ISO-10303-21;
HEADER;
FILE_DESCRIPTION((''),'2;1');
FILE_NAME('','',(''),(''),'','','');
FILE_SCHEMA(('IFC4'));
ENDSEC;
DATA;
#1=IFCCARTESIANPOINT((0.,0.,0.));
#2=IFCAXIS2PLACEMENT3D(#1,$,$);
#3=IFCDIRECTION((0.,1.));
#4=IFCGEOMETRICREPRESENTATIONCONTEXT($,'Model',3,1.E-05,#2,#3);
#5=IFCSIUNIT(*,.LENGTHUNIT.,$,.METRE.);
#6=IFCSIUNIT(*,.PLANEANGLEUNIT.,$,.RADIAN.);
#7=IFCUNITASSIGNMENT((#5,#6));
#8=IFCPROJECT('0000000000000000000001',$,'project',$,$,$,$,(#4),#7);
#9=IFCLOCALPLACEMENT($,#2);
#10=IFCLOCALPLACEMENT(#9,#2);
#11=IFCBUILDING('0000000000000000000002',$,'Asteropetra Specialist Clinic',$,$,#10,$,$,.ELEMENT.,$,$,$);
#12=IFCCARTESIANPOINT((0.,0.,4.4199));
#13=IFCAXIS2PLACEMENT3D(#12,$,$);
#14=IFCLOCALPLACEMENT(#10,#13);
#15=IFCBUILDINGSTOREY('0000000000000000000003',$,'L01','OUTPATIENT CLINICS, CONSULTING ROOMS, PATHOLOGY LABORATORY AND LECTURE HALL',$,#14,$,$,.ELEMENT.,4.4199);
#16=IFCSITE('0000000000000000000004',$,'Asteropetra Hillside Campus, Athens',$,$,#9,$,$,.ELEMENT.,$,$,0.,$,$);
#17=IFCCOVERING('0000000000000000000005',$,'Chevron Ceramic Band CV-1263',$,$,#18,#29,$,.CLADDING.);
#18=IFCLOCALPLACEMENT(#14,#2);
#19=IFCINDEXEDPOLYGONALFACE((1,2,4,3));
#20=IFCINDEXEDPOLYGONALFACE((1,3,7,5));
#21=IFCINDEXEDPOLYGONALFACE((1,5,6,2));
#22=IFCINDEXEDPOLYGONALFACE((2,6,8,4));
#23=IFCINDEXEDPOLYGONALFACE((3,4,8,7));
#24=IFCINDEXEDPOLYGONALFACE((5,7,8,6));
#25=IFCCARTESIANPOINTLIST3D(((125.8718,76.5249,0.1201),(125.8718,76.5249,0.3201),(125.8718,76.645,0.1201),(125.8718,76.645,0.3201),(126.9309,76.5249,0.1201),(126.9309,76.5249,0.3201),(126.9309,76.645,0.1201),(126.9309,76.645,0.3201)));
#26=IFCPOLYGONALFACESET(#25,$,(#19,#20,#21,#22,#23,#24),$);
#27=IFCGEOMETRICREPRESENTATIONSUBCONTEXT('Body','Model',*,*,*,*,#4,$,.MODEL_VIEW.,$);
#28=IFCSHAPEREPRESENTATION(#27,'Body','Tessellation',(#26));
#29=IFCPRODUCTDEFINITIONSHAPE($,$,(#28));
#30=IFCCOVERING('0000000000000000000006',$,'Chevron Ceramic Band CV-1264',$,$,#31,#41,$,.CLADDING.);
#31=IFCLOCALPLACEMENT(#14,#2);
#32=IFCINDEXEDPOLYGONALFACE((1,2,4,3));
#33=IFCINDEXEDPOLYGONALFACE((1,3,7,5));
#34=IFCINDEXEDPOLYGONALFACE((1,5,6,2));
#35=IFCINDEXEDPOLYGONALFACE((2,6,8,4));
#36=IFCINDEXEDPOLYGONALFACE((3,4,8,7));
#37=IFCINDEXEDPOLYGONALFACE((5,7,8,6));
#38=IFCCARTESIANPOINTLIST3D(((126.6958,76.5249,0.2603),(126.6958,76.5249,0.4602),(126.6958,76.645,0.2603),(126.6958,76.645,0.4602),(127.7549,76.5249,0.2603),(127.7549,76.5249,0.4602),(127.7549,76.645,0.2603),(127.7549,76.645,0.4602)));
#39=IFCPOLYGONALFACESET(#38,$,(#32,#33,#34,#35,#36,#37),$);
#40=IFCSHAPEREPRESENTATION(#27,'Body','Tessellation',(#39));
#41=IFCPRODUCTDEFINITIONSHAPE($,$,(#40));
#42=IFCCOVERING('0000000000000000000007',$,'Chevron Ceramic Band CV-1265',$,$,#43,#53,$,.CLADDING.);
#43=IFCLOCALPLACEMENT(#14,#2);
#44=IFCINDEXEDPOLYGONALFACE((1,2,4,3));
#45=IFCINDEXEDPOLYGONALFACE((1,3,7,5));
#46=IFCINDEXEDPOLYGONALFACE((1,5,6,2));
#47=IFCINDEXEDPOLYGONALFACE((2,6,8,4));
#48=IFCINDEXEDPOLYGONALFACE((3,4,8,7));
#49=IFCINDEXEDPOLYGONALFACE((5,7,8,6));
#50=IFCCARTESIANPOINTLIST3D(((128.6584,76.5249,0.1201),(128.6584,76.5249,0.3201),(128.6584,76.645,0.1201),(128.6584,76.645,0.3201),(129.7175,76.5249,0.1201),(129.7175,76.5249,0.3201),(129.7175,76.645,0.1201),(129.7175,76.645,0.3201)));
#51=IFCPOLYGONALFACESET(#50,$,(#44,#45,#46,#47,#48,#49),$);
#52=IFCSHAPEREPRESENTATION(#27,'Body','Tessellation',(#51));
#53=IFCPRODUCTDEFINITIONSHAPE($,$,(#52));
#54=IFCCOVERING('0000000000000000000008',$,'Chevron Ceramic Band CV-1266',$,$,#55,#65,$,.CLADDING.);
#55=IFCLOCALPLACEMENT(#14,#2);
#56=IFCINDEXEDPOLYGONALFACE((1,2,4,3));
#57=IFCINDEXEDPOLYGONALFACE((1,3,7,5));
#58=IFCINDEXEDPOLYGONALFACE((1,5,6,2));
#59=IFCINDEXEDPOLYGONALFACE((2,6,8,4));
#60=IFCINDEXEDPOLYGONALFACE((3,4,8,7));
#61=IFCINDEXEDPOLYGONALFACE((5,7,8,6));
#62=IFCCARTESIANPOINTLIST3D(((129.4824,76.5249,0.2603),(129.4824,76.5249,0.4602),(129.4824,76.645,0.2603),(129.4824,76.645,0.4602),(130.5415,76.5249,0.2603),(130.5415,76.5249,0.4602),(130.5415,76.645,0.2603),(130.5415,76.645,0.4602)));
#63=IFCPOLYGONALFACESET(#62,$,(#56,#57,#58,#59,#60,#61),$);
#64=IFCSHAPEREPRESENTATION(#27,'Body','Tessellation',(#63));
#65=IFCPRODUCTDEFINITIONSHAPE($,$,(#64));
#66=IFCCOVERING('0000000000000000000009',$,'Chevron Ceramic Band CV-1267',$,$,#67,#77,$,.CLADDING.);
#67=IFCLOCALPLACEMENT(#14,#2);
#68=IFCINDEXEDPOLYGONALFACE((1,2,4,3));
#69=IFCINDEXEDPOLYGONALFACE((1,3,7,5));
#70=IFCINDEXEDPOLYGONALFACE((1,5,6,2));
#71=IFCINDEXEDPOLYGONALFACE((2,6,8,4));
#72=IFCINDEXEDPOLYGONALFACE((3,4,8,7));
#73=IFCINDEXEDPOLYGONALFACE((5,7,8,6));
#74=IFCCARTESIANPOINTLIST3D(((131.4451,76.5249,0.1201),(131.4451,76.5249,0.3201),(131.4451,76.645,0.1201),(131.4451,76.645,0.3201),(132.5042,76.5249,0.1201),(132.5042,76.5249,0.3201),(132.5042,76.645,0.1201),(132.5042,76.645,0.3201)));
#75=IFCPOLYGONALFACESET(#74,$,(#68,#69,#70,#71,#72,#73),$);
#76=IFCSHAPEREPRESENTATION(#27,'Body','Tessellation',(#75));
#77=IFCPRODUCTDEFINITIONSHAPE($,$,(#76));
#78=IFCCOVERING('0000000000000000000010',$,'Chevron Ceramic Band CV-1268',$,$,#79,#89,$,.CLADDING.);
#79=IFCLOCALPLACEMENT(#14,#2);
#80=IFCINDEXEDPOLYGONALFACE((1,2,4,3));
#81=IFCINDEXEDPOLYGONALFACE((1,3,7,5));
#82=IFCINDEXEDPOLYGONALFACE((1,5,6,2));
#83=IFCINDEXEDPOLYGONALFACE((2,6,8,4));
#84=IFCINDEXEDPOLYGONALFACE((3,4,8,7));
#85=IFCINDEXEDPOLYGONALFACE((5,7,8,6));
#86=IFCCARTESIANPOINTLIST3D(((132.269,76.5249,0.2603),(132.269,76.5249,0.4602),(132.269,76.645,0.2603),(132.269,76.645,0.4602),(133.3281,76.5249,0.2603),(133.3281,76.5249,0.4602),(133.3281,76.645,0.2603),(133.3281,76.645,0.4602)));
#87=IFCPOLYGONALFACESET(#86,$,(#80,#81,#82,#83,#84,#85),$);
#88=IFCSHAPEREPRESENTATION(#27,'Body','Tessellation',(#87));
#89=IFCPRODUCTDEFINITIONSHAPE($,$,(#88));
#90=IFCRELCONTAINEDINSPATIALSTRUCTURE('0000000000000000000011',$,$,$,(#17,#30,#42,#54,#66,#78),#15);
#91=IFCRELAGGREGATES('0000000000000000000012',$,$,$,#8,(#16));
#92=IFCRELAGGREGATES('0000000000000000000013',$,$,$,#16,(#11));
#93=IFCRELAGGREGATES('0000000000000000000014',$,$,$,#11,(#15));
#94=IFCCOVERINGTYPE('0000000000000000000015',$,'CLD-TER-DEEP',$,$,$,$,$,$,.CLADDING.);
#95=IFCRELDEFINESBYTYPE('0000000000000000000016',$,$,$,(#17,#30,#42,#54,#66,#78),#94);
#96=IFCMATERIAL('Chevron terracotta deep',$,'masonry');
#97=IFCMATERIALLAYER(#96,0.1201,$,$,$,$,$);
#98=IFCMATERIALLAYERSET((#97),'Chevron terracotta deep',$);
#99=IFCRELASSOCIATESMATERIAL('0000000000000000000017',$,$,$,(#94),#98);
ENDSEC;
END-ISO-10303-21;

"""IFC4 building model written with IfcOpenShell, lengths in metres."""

from ifc_helpers import new_model, si_unit, direction, frame, origin, origin_2d, place, context, subcontext, project, spatial, rectangle, extrude, material, layer, layer_set, type_object, element, save


model = new_model("IFC4")

# Units and contexts
model_context = context("Model", 3, precision=1e-05, world=origin(), true_north=direction((0.0, 1.0)))
body_context = subcontext(model_context, "Body", "Model", "MODEL_VIEW")
ifc_project = project(units=[si_unit("LENGTHUNIT", "METRE"), si_unit("PLANEANGLEUNIT", "RADIAN")], contexts=[model_context])

# Site, building, storey
site_placement = place(None, origin())
site = spatial("IfcSite", under=ifc_project, at=site_placement, Name="Asteropetra Hillside Campus, Athens", CompositionType="ELEMENT", RefElevation=0.0)
building_placement = place(site_placement, origin())
building = spatial("IfcBuilding", under=site, at=building_placement, Name="Asteropetra Specialist Clinic", CompositionType="ELEMENT")
storey_placement = place(building_placement, frame((0.0, 0.0, 4.4199)))
storey = spatial("IfcBuildingStorey", under=building, at=storey_placement, Name="L01", Description="OUTPATIENT CLINICS, CONSULTING ROOMS, PATHOLOGY LABORATORY AND LECTURE HALL", CompositionType="ELEMENT", Elevation=4.4199)

# Coverings
ifc_material_1 = material(Name="Chevron terracotta deep", Category="masonry")
ifc_layer_1 = layer(ifc_material_1, 0.1201)
ifc_layer_set_1 = layer_set([ifc_layer_1], Name="Chevron terracotta deep")
covering_type = type_object("IfcCoveringType", Name="CLD-TER-DEEP", PredefinedType="CLADDING", material=ifc_layer_set_1)
for number, where, z_axis, x_axis, name in (
    (1, (126.4014, 76.585, 0.1201), (0.0, 0.0, 1.0), (1.0, 0.0, 0.0), "Chevron Ceramic Band CV-1263"),
    (2, (127.2253, 76.585, 0.2603), (0.0, 0.0, 1.0), (1.0, 0.0, 0.0), "Chevron Ceramic Band CV-1264"),
    (3, (129.188, 76.585, 0.1201), (0.0, 0.0, 1.0), (1.0, 0.0, 0.0), "Chevron Ceramic Band CV-1265"),
    (4, (130.012, 76.585, 0.2603), (0.0, 0.0, 1.0), (1.0, 0.0, 0.0), "Chevron Ceramic Band CV-1266"),
    (5, (131.9746, 76.585, 0.1201), (0.0, 0.0, 1.0), (1.0, 0.0, 0.0), "Chevron Ceramic Band CV-1267"),
    (6, (132.7986, 76.585, 0.2603), (0.0, 0.0, 1.0), (1.0, 0.0, 0.0), "Chevron Ceramic Band CV-1268"),
):
    element("IfcCovering", number, at=place(storey_placement, frame(where, z_axis=z_axis, x_axis=x_axis)), inside=storey, type_object=covering_type, Name=name, PredefinedType="CLADDING", context=body_context, shape_type="SweptSolid", body=[
        extrude(rectangle(XDim=1.0591, YDim=0.1201, at=origin_2d()), origin(), (0.0, 0.0, 1.0), 0.2),
    ])

save(model, "model.ifc")
